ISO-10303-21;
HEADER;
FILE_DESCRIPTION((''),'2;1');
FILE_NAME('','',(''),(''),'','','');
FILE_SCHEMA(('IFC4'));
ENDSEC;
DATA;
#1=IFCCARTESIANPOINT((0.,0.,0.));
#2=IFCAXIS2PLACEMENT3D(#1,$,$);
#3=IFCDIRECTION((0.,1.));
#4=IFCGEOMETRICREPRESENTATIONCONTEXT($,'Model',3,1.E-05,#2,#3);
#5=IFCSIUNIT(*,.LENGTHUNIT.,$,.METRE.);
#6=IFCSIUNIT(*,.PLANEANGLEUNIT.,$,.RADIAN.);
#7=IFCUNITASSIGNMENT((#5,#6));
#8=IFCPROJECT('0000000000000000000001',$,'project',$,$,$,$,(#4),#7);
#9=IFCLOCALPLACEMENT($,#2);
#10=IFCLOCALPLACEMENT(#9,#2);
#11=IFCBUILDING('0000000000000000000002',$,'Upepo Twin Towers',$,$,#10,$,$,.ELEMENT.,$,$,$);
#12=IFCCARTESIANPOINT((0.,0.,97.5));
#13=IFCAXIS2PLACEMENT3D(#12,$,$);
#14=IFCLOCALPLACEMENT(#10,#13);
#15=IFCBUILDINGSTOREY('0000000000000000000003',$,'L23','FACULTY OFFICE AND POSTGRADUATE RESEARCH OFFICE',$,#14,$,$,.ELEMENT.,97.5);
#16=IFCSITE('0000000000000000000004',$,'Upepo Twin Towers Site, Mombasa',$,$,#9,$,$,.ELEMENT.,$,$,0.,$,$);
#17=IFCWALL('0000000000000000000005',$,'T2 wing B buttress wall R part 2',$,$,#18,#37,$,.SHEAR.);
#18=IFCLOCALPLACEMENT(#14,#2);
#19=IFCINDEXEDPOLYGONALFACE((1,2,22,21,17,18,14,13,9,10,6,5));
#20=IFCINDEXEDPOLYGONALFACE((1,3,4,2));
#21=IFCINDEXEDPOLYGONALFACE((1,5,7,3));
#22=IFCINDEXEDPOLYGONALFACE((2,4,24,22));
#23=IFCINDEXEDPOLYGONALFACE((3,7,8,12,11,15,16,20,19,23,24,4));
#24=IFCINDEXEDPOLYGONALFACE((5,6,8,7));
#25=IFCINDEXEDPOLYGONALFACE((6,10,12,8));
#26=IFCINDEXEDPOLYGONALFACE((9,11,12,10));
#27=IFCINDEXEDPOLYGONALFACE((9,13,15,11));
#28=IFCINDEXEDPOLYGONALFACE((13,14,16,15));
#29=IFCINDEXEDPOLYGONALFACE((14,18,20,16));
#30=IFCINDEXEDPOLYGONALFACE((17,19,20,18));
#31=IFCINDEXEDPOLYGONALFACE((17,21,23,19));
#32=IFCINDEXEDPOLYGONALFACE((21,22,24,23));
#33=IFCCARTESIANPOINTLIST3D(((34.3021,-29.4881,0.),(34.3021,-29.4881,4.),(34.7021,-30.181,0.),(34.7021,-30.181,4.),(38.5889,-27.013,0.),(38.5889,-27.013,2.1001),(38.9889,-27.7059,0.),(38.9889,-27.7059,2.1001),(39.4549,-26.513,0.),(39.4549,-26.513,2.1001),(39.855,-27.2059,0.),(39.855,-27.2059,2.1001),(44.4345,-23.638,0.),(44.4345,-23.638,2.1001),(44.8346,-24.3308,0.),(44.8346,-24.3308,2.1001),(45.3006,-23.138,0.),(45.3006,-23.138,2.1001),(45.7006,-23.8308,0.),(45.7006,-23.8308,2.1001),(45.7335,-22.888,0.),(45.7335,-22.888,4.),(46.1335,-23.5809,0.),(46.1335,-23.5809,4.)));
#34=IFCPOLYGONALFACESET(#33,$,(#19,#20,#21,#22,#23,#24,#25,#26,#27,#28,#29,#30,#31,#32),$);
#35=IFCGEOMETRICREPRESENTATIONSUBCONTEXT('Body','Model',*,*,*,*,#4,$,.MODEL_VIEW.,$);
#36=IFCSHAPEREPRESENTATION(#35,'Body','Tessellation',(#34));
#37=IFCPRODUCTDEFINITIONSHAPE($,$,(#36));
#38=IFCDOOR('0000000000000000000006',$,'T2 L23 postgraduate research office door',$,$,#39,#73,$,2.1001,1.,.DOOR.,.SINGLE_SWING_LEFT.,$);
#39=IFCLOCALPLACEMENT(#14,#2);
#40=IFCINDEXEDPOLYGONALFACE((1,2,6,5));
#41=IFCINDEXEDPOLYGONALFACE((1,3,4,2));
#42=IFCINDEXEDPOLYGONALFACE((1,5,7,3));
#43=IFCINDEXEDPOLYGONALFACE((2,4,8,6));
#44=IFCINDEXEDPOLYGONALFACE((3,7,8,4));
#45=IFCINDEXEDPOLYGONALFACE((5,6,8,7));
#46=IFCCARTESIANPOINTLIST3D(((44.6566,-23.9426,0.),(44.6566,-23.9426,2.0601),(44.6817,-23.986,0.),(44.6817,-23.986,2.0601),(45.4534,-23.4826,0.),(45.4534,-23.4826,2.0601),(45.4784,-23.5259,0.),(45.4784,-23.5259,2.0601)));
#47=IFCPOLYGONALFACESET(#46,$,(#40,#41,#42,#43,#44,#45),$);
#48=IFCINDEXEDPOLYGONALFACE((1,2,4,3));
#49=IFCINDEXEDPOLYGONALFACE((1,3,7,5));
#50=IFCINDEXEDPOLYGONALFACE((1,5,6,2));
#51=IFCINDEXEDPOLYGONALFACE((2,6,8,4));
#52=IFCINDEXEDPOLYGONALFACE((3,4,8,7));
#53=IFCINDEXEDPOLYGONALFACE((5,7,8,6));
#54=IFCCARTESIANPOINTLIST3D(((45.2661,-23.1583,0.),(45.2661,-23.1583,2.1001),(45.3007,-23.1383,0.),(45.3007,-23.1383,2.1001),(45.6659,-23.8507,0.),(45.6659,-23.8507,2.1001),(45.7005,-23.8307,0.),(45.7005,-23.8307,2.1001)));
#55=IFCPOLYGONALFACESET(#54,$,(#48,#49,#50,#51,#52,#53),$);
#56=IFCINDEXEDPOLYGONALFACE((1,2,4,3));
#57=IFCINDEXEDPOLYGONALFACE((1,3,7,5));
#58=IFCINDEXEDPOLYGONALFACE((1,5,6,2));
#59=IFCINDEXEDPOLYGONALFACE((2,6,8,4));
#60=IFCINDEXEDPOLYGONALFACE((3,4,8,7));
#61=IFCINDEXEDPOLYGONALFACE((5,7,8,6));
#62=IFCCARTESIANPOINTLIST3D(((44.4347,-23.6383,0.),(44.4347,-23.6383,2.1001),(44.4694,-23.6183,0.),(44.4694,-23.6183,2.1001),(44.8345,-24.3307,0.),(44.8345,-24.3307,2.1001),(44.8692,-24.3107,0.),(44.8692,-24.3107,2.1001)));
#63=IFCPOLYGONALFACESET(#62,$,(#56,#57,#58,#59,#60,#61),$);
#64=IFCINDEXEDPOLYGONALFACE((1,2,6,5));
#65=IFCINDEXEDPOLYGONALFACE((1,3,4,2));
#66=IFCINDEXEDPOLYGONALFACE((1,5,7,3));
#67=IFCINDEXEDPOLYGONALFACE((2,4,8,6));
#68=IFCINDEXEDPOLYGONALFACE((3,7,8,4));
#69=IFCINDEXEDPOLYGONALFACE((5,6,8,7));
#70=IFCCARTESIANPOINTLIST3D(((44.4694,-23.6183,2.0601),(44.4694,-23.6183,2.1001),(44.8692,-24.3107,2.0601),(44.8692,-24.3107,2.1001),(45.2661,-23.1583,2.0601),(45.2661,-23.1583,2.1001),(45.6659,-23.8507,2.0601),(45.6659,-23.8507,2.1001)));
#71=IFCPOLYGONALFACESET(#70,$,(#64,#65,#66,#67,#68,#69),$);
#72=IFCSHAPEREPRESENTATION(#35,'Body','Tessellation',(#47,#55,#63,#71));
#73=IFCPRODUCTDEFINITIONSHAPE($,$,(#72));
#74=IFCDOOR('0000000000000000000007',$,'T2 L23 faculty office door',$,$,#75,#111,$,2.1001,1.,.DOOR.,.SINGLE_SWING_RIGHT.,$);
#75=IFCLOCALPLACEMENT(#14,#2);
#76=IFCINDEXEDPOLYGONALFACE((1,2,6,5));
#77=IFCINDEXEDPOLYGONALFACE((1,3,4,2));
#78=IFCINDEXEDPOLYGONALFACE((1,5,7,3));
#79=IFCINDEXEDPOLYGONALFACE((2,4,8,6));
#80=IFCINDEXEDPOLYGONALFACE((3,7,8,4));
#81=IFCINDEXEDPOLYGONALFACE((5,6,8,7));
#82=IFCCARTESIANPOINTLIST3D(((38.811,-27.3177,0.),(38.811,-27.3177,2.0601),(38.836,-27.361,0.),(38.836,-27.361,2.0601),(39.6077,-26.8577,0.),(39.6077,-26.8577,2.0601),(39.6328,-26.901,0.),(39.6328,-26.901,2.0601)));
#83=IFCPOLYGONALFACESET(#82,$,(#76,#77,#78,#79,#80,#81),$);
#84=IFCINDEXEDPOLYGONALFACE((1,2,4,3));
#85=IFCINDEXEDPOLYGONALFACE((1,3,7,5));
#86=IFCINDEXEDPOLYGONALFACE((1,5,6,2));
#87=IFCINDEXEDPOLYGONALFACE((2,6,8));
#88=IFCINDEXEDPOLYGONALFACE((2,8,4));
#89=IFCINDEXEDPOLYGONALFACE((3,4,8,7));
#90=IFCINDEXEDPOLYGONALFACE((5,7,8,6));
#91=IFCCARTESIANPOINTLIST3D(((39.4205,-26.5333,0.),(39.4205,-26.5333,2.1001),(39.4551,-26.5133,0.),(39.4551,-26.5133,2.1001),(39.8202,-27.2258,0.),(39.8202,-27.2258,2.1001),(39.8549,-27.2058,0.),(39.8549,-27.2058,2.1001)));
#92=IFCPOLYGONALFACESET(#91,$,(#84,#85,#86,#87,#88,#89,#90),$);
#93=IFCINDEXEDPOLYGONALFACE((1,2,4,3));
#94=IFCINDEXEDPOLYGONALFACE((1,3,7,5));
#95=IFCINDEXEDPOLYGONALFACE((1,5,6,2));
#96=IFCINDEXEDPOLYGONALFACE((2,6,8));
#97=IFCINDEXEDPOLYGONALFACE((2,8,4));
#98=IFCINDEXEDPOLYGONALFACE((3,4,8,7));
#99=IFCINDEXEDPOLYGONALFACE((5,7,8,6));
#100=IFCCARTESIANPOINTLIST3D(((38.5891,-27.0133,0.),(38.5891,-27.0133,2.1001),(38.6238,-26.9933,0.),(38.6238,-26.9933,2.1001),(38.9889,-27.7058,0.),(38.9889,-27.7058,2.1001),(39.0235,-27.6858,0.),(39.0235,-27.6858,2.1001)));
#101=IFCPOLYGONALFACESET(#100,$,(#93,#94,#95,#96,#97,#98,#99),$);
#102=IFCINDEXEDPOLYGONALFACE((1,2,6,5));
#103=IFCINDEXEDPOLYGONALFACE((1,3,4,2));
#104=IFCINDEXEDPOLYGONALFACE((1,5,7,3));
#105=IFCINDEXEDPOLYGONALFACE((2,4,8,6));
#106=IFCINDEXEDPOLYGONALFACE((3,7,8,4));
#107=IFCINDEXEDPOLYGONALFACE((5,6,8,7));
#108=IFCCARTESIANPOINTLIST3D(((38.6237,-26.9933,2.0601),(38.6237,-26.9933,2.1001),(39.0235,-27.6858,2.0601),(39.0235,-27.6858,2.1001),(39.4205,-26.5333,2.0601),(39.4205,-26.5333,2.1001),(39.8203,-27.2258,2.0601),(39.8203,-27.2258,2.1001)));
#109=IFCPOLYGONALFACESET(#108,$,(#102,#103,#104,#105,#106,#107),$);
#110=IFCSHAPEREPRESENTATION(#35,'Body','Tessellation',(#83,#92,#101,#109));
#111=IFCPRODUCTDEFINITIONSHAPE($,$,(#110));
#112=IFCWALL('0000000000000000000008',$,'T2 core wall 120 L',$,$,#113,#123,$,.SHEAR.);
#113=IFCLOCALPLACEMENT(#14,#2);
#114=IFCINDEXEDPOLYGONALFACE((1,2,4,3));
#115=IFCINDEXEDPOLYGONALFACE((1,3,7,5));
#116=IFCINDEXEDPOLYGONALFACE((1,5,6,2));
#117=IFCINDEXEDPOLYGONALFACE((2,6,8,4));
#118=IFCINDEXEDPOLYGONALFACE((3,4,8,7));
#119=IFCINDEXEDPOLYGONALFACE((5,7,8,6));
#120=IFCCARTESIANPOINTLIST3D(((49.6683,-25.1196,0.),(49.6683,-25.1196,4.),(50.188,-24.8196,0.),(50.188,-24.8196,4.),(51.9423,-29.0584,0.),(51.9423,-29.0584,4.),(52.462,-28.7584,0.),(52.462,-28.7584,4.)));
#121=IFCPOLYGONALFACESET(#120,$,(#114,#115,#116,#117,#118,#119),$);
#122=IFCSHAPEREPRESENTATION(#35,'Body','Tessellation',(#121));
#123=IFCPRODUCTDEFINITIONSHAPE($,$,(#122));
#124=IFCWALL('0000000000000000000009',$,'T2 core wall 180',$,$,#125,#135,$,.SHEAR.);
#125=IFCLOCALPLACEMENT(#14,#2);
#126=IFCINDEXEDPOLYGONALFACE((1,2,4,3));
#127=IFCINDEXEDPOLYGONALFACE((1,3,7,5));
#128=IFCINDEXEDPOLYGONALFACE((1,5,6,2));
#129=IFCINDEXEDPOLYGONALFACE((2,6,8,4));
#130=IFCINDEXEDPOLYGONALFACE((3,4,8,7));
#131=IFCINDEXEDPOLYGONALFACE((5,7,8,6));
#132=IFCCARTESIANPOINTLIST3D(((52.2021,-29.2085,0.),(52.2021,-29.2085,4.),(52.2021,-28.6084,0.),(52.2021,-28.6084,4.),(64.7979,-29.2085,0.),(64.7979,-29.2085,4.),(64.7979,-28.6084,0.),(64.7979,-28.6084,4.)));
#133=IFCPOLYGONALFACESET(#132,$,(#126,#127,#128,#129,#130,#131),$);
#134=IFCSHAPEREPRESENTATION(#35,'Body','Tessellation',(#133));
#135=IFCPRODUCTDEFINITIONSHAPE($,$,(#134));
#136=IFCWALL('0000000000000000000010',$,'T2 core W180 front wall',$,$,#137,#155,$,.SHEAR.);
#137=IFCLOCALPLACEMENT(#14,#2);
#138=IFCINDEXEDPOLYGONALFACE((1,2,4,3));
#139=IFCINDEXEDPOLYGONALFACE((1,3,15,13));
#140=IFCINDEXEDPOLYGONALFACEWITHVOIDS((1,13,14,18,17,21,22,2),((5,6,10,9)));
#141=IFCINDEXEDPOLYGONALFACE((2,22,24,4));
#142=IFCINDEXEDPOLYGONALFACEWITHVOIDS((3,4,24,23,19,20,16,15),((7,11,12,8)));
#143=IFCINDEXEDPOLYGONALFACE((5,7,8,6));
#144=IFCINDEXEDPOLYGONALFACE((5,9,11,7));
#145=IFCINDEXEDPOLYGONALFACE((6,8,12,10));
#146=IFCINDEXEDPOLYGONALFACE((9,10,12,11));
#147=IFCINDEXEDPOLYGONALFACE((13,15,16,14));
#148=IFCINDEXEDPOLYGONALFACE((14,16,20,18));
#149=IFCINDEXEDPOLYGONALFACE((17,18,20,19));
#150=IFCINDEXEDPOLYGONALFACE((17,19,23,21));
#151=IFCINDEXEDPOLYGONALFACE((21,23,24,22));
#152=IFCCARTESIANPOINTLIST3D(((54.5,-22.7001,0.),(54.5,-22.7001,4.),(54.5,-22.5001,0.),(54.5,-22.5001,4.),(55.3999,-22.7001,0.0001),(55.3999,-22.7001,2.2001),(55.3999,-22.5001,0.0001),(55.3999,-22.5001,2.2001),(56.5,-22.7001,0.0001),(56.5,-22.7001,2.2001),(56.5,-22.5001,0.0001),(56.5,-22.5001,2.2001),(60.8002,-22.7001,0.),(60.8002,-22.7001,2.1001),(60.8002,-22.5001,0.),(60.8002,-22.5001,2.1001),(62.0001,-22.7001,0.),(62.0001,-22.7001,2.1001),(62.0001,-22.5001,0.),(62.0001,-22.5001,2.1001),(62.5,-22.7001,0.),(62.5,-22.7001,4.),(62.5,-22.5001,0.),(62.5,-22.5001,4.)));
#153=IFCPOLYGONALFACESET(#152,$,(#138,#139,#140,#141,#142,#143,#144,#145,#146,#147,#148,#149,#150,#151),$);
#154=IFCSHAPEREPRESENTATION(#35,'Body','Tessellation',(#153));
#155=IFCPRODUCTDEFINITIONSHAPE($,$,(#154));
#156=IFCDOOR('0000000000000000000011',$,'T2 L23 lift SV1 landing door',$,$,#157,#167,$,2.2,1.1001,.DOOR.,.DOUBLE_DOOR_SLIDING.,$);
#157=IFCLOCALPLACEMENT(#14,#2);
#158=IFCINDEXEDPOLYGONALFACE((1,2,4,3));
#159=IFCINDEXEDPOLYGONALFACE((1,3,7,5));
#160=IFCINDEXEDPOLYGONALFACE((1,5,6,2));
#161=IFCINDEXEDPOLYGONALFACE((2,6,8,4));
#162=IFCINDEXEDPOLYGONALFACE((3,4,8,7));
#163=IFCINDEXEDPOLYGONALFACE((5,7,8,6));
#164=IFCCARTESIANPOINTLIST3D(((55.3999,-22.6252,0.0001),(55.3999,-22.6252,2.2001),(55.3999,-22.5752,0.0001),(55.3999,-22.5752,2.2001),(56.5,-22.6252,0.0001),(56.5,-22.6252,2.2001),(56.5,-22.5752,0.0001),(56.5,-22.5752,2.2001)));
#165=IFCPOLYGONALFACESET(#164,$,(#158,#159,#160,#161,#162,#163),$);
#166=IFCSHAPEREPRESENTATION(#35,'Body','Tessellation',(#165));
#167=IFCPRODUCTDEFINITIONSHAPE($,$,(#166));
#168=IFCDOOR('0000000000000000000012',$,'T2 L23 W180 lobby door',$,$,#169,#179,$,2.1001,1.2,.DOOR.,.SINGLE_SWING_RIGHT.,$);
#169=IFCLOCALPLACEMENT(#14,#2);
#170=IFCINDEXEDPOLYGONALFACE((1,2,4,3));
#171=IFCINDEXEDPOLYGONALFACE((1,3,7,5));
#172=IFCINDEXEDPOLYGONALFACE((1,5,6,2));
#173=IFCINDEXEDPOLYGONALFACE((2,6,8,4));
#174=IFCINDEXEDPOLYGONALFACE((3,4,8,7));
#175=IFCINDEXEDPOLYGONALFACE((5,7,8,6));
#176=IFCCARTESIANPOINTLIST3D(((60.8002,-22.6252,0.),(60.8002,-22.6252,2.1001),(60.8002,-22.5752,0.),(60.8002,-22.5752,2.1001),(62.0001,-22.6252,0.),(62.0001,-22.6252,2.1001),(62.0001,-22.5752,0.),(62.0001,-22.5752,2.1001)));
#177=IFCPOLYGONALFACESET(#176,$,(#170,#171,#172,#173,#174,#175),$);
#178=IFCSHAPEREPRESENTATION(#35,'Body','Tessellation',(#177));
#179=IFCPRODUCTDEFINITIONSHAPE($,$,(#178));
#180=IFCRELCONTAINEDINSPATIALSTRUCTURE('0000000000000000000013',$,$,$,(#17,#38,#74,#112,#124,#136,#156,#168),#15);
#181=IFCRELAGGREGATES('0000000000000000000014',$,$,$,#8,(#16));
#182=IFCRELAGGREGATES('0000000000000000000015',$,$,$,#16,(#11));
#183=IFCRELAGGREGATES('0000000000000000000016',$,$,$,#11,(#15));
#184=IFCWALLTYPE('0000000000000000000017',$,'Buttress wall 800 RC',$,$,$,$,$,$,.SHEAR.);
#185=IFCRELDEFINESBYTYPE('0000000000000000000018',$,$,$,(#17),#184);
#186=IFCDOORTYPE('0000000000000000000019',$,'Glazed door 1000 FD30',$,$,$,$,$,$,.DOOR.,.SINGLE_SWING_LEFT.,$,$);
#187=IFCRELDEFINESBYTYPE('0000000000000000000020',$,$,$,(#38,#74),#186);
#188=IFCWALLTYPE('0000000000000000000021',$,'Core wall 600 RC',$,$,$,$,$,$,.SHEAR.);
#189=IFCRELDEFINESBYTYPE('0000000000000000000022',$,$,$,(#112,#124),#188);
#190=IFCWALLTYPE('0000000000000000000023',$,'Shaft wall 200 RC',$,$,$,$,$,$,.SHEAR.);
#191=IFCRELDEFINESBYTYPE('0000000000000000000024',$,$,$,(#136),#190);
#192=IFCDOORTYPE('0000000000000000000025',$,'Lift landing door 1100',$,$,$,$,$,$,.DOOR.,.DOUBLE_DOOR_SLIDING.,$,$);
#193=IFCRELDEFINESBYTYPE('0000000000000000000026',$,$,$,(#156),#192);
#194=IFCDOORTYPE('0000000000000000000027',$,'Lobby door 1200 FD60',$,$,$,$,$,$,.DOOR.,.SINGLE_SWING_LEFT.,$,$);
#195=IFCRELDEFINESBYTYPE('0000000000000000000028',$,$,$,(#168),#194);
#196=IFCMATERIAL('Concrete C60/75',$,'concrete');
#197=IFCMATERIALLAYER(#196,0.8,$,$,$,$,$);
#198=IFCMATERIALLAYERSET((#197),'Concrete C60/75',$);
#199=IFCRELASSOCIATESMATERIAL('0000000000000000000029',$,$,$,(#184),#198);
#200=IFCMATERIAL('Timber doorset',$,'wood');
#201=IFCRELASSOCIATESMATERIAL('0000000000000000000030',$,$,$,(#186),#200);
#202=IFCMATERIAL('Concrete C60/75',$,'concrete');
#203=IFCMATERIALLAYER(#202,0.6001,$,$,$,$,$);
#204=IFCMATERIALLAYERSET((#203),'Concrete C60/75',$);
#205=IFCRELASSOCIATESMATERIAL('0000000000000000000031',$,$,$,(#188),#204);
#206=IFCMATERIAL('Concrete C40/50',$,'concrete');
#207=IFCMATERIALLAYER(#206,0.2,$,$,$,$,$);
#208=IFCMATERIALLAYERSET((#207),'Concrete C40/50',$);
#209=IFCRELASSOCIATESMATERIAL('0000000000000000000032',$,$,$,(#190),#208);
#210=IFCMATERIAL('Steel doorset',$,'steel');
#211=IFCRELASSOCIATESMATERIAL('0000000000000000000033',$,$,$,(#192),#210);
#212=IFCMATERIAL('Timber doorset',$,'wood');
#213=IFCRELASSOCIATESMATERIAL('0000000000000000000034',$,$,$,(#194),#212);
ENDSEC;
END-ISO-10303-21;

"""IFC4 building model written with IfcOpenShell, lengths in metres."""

from ifc_helpers import new_model, si_unit, direction, frame, frame_2d, origin, place, context, subcontext, project, spatial, rectangle, extrude, material, layer, layer_set, type_object, element, fill, save


model = new_model("IFC4")

# Units and contexts
model_context = context("Model", 3, precision=1e-05, world=origin(), true_north=direction((0.0, 1.0)))
body_context = subcontext(model_context, "Body", "Model", "MODEL_VIEW")
ifc_project = project(units=[si_unit("LENGTHUNIT", "METRE"), si_unit("PLANEANGLEUNIT", "RADIAN")], contexts=[model_context])

# Site, building, storey
site_placement = place(None, origin())
site = spatial("IfcSite", under=ifc_project, at=site_placement, Name="Upepo Twin Towers Site, Mombasa", CompositionType="ELEMENT", RefElevation=0.0)
building_placement = place(site_placement, origin())
building = spatial("IfcBuilding", under=site, at=building_placement, Name="Upepo Twin Towers", CompositionType="ELEMENT")
storey_placement = place(building_placement, frame((0.0, 0.0, 97.5)))
storey = spatial("IfcBuildingStorey", under=building, at=storey_placement, Name="L23", Description="FACULTY OFFICE AND POSTGRADUATE RESEARCH OFFICE", CompositionType="ELEMENT", Elevation=97.5)

# Wall, openings, doors
ifc_material_1 = material(Name="Concrete C60/75", Category="concrete")
ifc_layer_1 = layer(ifc_material_1, 0.8)
ifc_layer_set_1 = layer_set([ifc_layer_1], Name="Concrete C60/75")
wall_type_1 = type_object("IfcWallType", Name="Buttress wall 800 RC", PredefinedType="SHEAR", material=ifc_layer_set_1)
ifc_material_2 = material(Name="Timber doorset", Category="wood")
door_type_1 = type_object("IfcDoorType", Name="Glazed door 1000 FD30", OperationType="SINGLE_SWING_LEFT", PredefinedType="DOOR", material=ifc_material_2)
wall_1_placement = place(storey_placement, frame((45.9336, -23.2344, 0.0), z_axis=(0.0, 0.0, 1.0), x_axis=(-0.86602, -0.50001, 0.0)))
wall_1 = element("IfcWall", 1, at=wall_1_placement, inside=storey, type_object=wall_type_1, Name="T2 wing B buttress wall R part 2", PredefinedType="SHEAR", context=body_context, shape_type="SweptSolid", body=[
    extrude(rectangle(XDim=13.2, YDim=0.8, at=frame_2d((6.6001, 0.0))), origin(), (0.0, 0.0, 1.0), 4.0),
])
opening_1_placement = place(wall_1_placement, frame((0.5, 0.0, 0.0)))
opening_1 = element("IfcOpeningElement", 2, at=opening_1_placement, cuts=wall_1, PredefinedType="OPENING", context=body_context, shape_type="SweptSolid", body=[
    extrude(rectangle(XDim=1.0, YDim=2.1001, at=frame_2d((0.5, 1.05))), frame((0.0, 0.4099, 0.0), z_axis=(0.0, -1.0, 0.0), x_axis=(1.0, 0.0, 0.0)), (0.0, 0.0, 1.0), 0.8201),
])
opening_2_placement = place(wall_1_placement, frame((7.25, 0.0, 0.0)))
opening_2 = element("IfcOpeningElement", 3, at=opening_2_placement, cuts=wall_1, PredefinedType="OPENING", context=body_context, shape_type="SweptSolid", body=[
    extrude(rectangle(XDim=1.0, YDim=2.1001, at=frame_2d((0.5, 1.05))), frame((0.0, 0.4099, 0.0), z_axis=(0.0, -1.0, 0.0), x_axis=(1.0, 0.0, 0.0)), (0.0, 0.0, 1.0), 0.8201),
])
door_1_placement = place(opening_1_placement, origin())
door_1 = element("IfcDoor", 4, at=door_1_placement, inside=storey, type_object=door_type_1, Name="T2 L23 postgraduate research office door", OperationType="SINGLE_SWING_LEFT", OverallHeight=2.1001, OverallWidth=1.0, PredefinedType="DOOR", context=body_context, shape_type="SweptSolid", body=[
    extrude(rectangle(XDim=0.92, YDim=2.0601, at=frame_2d((0.5, 1.03))), frame((0.0, 0.0249, 0.0), z_axis=(0.0, -1.0, 0.0), x_axis=(1.0, 0.0, 0.0)), (0.0, 0.0, 1.0), 0.05),
    extrude(rectangle(XDim=0.04, YDim=2.1001, at=frame_2d((0.02, 1.05))), frame((0.0, 0.3999, 0.0), z_axis=(0.0, -1.0, 0.0), x_axis=(1.0, 0.0, 0.0)), (0.0, 0.0, 1.0), 0.7996),
    extrude(rectangle(XDim=0.04, YDim=2.1001, at=frame_2d((0.98, 1.05))), frame((0.0, 0.3999, 0.0), z_axis=(0.0, -1.0, 0.0), x_axis=(1.0, 0.0, 0.0)), (0.0, 0.0, 1.0), 0.7996),
    extrude(rectangle(XDim=0.92, YDim=0.04, at=frame_2d((0.5, 2.0801))), frame((0.0, 0.3999, 0.0), z_axis=(0.0, -1.0, 0.0), x_axis=(1.0, 0.0, 0.0)), (0.0, 0.0, 1.0), 0.7996),
])
fill(opening_1, door_1)
door_2_placement = place(opening_2_placement, origin())
door_2 = element("IfcDoor", 5, at=door_2_placement, inside=storey, type_object=door_type_1, Name="T2 L23 faculty office door", OperationType="SINGLE_SWING_RIGHT", OverallHeight=2.1001, OverallWidth=1.0, PredefinedType="DOOR", context=body_context, shape_type="SweptSolid", body=[
    extrude(rectangle(XDim=0.92, YDim=2.0601, at=frame_2d((0.5, 1.03))), frame((0.0, 0.0249, 0.0), z_axis=(0.0, -1.0, 0.0), x_axis=(1.0, 0.0, 0.0)), (0.0, 0.0, 1.0), 0.05),
    extrude(rectangle(XDim=0.04, YDim=2.1001, at=frame_2d((0.02, 1.05))), frame((0.0, 0.3999, 0.0), z_axis=(0.0, -1.0, 0.0), x_axis=(1.0, 0.0, 0.0)), (0.0, 0.0, 1.0), 0.7996),
    extrude(rectangle(XDim=0.04, YDim=2.1001, at=frame_2d((0.98, 1.05))), frame((0.0, 0.3999, 0.0), z_axis=(0.0, -1.0, 0.0), x_axis=(1.0, 0.0, 0.0)), (0.0, 0.0, 1.0), 0.7996),
    extrude(rectangle(XDim=0.92, YDim=0.04, at=frame_2d((0.5, 2.0801))), frame((0.0, 0.3999, 0.0), z_axis=(0.0, -1.0, 0.0), x_axis=(1.0, 0.0, 0.0)), (0.0, 0.0, 1.0), 0.7996),
])
fill(opening_2, door_2)

# Walls
ifc_material_3 = material(Name="Concrete C60/75", Category="concrete")
ifc_layer_2 = layer(ifc_material_3, 0.6001)
ifc_layer_set_2 = layer_set([ifc_layer_2], Name="Concrete C60/75")
wall_type_2 = type_object("IfcWallType", Name="Core wall 600 RC", PredefinedType="SHEAR", material=ifc_layer_set_2)
wall_2_placement = place(storey_placement, frame((49.9282, -24.9697, 0.0), z_axis=(0.0, 0.0, 1.0), x_axis=(0.499984, -0.866035, 0.0)))
element("IfcWall", 6, at=wall_2_placement, inside=storey, type_object=wall_type_2, Name="T2 core wall 120 L", PredefinedType="SHEAR", context=body_context, shape_type="SweptSolid", body=[
    extrude(rectangle(XDim=4.5481, YDim=0.6001, at=frame_2d((2.2739, 0.0))), origin(), (0.0, 0.0, 1.0), 4.0),
])
wall_3_placement = place(storey_placement, frame((52.2021, -28.9084, 0.0), z_axis=(0.0, 0.0, 1.0), x_axis=(1.0, 0.0, 0.0)))
element("IfcWall", 7, at=wall_3_placement, inside=storey, type_object=wall_type_2, Name="T2 core wall 180", PredefinedType="SHEAR", context=body_context, shape_type="SweptSolid", body=[
    extrude(rectangle(XDim=12.5957, YDim=0.6001, at=frame_2d((6.2979, 0.0))), origin(), (0.0, 0.0, 1.0), 4.0),
])

# Wall, openings, doors
ifc_material_4 = material(Name="Concrete C40/50", Category="concrete")
ifc_layer_3 = layer(ifc_material_4, 0.2)
ifc_layer_set_3 = layer_set([ifc_layer_3], Name="Concrete C40/50")
wall_type_3 = type_object("IfcWallType", Name="Shaft wall 200 RC", PredefinedType="SHEAR", material=ifc_layer_set_3)
wall_4_placement = place(storey_placement, frame((54.5, -22.6001, 0.0), z_axis=(0.0, 0.0, 1.0), x_axis=(1.0, 0.0, 0.0)))
wall_4 = element("IfcWall", 8, at=wall_4_placement, inside=storey, type_object=wall_type_3, Name="T2 core W180 front wall", PredefinedType="SHEAR", context=body_context, shape_type="SweptSolid", body=[
    extrude(rectangle(XDim=8.0, YDim=0.2, at=frame_2d((4.0, 0.0))), origin(), (0.0, 0.0, 1.0), 4.0),
])
opening_3_placement = place(wall_4_placement, frame((6.3, 0.0, 0.0)))
opening_3 = element("IfcOpeningElement", 9, at=opening_3_placement, cuts=wall_4, PredefinedType="OPENING", context=body_context, shape_type="SweptSolid", body=[
    extrude(rectangle(XDim=1.2, YDim=2.1001, at=frame_2d((0.6001, 1.05))), frame((0.0, 0.1099, 0.0), z_axis=(0.0, -1.0, 0.0), x_axis=(1.0, 0.0, 0.0)), (0.0, 0.0, 1.0), 0.22),
])
opening_4_placement = place(wall_4_placement, frame((0.8999, 0.0, 0.0)))
opening_4 = element("IfcOpeningElement", 10, at=opening_4_placement, cuts=wall_4, PredefinedType="OPENING", context=body_context, shape_type="SweptSolid", body=[
    extrude(rectangle(XDim=1.1001, YDim=2.2, at=frame_2d((0.55, 1.1001))), frame((0.0, 0.1099, 0.0), z_axis=(0.0, -1.0, 0.0), x_axis=(1.0, 0.0, 0.0)), (0.0, 0.0, 1.0), 0.22),
])
ifc_material_5 = material(Name="Steel doorset", Category="steel")
door_type_2 = type_object("IfcDoorType", Name="Lift landing door 1100", OperationType="DOUBLE_DOOR_SLIDING", PredefinedType="DOOR", material=ifc_material_5)
door_3_placement = place(opening_4_placement, origin())
door_3 = element("IfcDoor", 11, at=door_3_placement, inside=storey, type_object=door_type_2, Name="T2 L23 lift SV1 landing door", OperationType="DOUBLE_DOOR_SLIDING", OverallHeight=2.2, OverallWidth=1.1001, PredefinedType="DOOR", context=body_context, shape_type="SweptSolid", body=[
    extrude(rectangle(XDim=1.1001, YDim=2.2, at=frame_2d((0.55, 1.1001))), frame((0.0, 0.0249, 0.0), z_axis=(0.0, -1.0, 0.0), x_axis=(1.0, 0.0, 0.0)), (0.0, 0.0, 1.0), 0.05),
])
fill(opening_4, door_3)
ifc_material_6 = material(Name="Timber doorset", Category="wood")
door_type_3 = type_object("IfcDoorType", Name="Lobby door 1200 FD60", OperationType="SINGLE_SWING_LEFT", PredefinedType="DOOR", material=ifc_material_6)
door_4_placement = place(opening_3_placement, origin())
door_4 = element("IfcDoor", 12, at=door_4_placement, inside=storey, type_object=door_type_3, Name="T2 L23 W180 lobby door", OperationType="SINGLE_SWING_RIGHT", OverallHeight=2.1001, OverallWidth=1.2, PredefinedType="DOOR", context=body_context, shape_type="SweptSolid", body=[
    extrude(rectangle(XDim=1.2, YDim=2.1001, at=frame_2d((0.6001, 1.05))), frame((0.0, 0.0249, 0.0), z_axis=(0.0, -1.0, 0.0), x_axis=(1.0, 0.0, 0.0)), (0.0, 0.0, 1.0), 0.05),
])
fill(opening_3, door_4)

save(model, "model.ifc")
